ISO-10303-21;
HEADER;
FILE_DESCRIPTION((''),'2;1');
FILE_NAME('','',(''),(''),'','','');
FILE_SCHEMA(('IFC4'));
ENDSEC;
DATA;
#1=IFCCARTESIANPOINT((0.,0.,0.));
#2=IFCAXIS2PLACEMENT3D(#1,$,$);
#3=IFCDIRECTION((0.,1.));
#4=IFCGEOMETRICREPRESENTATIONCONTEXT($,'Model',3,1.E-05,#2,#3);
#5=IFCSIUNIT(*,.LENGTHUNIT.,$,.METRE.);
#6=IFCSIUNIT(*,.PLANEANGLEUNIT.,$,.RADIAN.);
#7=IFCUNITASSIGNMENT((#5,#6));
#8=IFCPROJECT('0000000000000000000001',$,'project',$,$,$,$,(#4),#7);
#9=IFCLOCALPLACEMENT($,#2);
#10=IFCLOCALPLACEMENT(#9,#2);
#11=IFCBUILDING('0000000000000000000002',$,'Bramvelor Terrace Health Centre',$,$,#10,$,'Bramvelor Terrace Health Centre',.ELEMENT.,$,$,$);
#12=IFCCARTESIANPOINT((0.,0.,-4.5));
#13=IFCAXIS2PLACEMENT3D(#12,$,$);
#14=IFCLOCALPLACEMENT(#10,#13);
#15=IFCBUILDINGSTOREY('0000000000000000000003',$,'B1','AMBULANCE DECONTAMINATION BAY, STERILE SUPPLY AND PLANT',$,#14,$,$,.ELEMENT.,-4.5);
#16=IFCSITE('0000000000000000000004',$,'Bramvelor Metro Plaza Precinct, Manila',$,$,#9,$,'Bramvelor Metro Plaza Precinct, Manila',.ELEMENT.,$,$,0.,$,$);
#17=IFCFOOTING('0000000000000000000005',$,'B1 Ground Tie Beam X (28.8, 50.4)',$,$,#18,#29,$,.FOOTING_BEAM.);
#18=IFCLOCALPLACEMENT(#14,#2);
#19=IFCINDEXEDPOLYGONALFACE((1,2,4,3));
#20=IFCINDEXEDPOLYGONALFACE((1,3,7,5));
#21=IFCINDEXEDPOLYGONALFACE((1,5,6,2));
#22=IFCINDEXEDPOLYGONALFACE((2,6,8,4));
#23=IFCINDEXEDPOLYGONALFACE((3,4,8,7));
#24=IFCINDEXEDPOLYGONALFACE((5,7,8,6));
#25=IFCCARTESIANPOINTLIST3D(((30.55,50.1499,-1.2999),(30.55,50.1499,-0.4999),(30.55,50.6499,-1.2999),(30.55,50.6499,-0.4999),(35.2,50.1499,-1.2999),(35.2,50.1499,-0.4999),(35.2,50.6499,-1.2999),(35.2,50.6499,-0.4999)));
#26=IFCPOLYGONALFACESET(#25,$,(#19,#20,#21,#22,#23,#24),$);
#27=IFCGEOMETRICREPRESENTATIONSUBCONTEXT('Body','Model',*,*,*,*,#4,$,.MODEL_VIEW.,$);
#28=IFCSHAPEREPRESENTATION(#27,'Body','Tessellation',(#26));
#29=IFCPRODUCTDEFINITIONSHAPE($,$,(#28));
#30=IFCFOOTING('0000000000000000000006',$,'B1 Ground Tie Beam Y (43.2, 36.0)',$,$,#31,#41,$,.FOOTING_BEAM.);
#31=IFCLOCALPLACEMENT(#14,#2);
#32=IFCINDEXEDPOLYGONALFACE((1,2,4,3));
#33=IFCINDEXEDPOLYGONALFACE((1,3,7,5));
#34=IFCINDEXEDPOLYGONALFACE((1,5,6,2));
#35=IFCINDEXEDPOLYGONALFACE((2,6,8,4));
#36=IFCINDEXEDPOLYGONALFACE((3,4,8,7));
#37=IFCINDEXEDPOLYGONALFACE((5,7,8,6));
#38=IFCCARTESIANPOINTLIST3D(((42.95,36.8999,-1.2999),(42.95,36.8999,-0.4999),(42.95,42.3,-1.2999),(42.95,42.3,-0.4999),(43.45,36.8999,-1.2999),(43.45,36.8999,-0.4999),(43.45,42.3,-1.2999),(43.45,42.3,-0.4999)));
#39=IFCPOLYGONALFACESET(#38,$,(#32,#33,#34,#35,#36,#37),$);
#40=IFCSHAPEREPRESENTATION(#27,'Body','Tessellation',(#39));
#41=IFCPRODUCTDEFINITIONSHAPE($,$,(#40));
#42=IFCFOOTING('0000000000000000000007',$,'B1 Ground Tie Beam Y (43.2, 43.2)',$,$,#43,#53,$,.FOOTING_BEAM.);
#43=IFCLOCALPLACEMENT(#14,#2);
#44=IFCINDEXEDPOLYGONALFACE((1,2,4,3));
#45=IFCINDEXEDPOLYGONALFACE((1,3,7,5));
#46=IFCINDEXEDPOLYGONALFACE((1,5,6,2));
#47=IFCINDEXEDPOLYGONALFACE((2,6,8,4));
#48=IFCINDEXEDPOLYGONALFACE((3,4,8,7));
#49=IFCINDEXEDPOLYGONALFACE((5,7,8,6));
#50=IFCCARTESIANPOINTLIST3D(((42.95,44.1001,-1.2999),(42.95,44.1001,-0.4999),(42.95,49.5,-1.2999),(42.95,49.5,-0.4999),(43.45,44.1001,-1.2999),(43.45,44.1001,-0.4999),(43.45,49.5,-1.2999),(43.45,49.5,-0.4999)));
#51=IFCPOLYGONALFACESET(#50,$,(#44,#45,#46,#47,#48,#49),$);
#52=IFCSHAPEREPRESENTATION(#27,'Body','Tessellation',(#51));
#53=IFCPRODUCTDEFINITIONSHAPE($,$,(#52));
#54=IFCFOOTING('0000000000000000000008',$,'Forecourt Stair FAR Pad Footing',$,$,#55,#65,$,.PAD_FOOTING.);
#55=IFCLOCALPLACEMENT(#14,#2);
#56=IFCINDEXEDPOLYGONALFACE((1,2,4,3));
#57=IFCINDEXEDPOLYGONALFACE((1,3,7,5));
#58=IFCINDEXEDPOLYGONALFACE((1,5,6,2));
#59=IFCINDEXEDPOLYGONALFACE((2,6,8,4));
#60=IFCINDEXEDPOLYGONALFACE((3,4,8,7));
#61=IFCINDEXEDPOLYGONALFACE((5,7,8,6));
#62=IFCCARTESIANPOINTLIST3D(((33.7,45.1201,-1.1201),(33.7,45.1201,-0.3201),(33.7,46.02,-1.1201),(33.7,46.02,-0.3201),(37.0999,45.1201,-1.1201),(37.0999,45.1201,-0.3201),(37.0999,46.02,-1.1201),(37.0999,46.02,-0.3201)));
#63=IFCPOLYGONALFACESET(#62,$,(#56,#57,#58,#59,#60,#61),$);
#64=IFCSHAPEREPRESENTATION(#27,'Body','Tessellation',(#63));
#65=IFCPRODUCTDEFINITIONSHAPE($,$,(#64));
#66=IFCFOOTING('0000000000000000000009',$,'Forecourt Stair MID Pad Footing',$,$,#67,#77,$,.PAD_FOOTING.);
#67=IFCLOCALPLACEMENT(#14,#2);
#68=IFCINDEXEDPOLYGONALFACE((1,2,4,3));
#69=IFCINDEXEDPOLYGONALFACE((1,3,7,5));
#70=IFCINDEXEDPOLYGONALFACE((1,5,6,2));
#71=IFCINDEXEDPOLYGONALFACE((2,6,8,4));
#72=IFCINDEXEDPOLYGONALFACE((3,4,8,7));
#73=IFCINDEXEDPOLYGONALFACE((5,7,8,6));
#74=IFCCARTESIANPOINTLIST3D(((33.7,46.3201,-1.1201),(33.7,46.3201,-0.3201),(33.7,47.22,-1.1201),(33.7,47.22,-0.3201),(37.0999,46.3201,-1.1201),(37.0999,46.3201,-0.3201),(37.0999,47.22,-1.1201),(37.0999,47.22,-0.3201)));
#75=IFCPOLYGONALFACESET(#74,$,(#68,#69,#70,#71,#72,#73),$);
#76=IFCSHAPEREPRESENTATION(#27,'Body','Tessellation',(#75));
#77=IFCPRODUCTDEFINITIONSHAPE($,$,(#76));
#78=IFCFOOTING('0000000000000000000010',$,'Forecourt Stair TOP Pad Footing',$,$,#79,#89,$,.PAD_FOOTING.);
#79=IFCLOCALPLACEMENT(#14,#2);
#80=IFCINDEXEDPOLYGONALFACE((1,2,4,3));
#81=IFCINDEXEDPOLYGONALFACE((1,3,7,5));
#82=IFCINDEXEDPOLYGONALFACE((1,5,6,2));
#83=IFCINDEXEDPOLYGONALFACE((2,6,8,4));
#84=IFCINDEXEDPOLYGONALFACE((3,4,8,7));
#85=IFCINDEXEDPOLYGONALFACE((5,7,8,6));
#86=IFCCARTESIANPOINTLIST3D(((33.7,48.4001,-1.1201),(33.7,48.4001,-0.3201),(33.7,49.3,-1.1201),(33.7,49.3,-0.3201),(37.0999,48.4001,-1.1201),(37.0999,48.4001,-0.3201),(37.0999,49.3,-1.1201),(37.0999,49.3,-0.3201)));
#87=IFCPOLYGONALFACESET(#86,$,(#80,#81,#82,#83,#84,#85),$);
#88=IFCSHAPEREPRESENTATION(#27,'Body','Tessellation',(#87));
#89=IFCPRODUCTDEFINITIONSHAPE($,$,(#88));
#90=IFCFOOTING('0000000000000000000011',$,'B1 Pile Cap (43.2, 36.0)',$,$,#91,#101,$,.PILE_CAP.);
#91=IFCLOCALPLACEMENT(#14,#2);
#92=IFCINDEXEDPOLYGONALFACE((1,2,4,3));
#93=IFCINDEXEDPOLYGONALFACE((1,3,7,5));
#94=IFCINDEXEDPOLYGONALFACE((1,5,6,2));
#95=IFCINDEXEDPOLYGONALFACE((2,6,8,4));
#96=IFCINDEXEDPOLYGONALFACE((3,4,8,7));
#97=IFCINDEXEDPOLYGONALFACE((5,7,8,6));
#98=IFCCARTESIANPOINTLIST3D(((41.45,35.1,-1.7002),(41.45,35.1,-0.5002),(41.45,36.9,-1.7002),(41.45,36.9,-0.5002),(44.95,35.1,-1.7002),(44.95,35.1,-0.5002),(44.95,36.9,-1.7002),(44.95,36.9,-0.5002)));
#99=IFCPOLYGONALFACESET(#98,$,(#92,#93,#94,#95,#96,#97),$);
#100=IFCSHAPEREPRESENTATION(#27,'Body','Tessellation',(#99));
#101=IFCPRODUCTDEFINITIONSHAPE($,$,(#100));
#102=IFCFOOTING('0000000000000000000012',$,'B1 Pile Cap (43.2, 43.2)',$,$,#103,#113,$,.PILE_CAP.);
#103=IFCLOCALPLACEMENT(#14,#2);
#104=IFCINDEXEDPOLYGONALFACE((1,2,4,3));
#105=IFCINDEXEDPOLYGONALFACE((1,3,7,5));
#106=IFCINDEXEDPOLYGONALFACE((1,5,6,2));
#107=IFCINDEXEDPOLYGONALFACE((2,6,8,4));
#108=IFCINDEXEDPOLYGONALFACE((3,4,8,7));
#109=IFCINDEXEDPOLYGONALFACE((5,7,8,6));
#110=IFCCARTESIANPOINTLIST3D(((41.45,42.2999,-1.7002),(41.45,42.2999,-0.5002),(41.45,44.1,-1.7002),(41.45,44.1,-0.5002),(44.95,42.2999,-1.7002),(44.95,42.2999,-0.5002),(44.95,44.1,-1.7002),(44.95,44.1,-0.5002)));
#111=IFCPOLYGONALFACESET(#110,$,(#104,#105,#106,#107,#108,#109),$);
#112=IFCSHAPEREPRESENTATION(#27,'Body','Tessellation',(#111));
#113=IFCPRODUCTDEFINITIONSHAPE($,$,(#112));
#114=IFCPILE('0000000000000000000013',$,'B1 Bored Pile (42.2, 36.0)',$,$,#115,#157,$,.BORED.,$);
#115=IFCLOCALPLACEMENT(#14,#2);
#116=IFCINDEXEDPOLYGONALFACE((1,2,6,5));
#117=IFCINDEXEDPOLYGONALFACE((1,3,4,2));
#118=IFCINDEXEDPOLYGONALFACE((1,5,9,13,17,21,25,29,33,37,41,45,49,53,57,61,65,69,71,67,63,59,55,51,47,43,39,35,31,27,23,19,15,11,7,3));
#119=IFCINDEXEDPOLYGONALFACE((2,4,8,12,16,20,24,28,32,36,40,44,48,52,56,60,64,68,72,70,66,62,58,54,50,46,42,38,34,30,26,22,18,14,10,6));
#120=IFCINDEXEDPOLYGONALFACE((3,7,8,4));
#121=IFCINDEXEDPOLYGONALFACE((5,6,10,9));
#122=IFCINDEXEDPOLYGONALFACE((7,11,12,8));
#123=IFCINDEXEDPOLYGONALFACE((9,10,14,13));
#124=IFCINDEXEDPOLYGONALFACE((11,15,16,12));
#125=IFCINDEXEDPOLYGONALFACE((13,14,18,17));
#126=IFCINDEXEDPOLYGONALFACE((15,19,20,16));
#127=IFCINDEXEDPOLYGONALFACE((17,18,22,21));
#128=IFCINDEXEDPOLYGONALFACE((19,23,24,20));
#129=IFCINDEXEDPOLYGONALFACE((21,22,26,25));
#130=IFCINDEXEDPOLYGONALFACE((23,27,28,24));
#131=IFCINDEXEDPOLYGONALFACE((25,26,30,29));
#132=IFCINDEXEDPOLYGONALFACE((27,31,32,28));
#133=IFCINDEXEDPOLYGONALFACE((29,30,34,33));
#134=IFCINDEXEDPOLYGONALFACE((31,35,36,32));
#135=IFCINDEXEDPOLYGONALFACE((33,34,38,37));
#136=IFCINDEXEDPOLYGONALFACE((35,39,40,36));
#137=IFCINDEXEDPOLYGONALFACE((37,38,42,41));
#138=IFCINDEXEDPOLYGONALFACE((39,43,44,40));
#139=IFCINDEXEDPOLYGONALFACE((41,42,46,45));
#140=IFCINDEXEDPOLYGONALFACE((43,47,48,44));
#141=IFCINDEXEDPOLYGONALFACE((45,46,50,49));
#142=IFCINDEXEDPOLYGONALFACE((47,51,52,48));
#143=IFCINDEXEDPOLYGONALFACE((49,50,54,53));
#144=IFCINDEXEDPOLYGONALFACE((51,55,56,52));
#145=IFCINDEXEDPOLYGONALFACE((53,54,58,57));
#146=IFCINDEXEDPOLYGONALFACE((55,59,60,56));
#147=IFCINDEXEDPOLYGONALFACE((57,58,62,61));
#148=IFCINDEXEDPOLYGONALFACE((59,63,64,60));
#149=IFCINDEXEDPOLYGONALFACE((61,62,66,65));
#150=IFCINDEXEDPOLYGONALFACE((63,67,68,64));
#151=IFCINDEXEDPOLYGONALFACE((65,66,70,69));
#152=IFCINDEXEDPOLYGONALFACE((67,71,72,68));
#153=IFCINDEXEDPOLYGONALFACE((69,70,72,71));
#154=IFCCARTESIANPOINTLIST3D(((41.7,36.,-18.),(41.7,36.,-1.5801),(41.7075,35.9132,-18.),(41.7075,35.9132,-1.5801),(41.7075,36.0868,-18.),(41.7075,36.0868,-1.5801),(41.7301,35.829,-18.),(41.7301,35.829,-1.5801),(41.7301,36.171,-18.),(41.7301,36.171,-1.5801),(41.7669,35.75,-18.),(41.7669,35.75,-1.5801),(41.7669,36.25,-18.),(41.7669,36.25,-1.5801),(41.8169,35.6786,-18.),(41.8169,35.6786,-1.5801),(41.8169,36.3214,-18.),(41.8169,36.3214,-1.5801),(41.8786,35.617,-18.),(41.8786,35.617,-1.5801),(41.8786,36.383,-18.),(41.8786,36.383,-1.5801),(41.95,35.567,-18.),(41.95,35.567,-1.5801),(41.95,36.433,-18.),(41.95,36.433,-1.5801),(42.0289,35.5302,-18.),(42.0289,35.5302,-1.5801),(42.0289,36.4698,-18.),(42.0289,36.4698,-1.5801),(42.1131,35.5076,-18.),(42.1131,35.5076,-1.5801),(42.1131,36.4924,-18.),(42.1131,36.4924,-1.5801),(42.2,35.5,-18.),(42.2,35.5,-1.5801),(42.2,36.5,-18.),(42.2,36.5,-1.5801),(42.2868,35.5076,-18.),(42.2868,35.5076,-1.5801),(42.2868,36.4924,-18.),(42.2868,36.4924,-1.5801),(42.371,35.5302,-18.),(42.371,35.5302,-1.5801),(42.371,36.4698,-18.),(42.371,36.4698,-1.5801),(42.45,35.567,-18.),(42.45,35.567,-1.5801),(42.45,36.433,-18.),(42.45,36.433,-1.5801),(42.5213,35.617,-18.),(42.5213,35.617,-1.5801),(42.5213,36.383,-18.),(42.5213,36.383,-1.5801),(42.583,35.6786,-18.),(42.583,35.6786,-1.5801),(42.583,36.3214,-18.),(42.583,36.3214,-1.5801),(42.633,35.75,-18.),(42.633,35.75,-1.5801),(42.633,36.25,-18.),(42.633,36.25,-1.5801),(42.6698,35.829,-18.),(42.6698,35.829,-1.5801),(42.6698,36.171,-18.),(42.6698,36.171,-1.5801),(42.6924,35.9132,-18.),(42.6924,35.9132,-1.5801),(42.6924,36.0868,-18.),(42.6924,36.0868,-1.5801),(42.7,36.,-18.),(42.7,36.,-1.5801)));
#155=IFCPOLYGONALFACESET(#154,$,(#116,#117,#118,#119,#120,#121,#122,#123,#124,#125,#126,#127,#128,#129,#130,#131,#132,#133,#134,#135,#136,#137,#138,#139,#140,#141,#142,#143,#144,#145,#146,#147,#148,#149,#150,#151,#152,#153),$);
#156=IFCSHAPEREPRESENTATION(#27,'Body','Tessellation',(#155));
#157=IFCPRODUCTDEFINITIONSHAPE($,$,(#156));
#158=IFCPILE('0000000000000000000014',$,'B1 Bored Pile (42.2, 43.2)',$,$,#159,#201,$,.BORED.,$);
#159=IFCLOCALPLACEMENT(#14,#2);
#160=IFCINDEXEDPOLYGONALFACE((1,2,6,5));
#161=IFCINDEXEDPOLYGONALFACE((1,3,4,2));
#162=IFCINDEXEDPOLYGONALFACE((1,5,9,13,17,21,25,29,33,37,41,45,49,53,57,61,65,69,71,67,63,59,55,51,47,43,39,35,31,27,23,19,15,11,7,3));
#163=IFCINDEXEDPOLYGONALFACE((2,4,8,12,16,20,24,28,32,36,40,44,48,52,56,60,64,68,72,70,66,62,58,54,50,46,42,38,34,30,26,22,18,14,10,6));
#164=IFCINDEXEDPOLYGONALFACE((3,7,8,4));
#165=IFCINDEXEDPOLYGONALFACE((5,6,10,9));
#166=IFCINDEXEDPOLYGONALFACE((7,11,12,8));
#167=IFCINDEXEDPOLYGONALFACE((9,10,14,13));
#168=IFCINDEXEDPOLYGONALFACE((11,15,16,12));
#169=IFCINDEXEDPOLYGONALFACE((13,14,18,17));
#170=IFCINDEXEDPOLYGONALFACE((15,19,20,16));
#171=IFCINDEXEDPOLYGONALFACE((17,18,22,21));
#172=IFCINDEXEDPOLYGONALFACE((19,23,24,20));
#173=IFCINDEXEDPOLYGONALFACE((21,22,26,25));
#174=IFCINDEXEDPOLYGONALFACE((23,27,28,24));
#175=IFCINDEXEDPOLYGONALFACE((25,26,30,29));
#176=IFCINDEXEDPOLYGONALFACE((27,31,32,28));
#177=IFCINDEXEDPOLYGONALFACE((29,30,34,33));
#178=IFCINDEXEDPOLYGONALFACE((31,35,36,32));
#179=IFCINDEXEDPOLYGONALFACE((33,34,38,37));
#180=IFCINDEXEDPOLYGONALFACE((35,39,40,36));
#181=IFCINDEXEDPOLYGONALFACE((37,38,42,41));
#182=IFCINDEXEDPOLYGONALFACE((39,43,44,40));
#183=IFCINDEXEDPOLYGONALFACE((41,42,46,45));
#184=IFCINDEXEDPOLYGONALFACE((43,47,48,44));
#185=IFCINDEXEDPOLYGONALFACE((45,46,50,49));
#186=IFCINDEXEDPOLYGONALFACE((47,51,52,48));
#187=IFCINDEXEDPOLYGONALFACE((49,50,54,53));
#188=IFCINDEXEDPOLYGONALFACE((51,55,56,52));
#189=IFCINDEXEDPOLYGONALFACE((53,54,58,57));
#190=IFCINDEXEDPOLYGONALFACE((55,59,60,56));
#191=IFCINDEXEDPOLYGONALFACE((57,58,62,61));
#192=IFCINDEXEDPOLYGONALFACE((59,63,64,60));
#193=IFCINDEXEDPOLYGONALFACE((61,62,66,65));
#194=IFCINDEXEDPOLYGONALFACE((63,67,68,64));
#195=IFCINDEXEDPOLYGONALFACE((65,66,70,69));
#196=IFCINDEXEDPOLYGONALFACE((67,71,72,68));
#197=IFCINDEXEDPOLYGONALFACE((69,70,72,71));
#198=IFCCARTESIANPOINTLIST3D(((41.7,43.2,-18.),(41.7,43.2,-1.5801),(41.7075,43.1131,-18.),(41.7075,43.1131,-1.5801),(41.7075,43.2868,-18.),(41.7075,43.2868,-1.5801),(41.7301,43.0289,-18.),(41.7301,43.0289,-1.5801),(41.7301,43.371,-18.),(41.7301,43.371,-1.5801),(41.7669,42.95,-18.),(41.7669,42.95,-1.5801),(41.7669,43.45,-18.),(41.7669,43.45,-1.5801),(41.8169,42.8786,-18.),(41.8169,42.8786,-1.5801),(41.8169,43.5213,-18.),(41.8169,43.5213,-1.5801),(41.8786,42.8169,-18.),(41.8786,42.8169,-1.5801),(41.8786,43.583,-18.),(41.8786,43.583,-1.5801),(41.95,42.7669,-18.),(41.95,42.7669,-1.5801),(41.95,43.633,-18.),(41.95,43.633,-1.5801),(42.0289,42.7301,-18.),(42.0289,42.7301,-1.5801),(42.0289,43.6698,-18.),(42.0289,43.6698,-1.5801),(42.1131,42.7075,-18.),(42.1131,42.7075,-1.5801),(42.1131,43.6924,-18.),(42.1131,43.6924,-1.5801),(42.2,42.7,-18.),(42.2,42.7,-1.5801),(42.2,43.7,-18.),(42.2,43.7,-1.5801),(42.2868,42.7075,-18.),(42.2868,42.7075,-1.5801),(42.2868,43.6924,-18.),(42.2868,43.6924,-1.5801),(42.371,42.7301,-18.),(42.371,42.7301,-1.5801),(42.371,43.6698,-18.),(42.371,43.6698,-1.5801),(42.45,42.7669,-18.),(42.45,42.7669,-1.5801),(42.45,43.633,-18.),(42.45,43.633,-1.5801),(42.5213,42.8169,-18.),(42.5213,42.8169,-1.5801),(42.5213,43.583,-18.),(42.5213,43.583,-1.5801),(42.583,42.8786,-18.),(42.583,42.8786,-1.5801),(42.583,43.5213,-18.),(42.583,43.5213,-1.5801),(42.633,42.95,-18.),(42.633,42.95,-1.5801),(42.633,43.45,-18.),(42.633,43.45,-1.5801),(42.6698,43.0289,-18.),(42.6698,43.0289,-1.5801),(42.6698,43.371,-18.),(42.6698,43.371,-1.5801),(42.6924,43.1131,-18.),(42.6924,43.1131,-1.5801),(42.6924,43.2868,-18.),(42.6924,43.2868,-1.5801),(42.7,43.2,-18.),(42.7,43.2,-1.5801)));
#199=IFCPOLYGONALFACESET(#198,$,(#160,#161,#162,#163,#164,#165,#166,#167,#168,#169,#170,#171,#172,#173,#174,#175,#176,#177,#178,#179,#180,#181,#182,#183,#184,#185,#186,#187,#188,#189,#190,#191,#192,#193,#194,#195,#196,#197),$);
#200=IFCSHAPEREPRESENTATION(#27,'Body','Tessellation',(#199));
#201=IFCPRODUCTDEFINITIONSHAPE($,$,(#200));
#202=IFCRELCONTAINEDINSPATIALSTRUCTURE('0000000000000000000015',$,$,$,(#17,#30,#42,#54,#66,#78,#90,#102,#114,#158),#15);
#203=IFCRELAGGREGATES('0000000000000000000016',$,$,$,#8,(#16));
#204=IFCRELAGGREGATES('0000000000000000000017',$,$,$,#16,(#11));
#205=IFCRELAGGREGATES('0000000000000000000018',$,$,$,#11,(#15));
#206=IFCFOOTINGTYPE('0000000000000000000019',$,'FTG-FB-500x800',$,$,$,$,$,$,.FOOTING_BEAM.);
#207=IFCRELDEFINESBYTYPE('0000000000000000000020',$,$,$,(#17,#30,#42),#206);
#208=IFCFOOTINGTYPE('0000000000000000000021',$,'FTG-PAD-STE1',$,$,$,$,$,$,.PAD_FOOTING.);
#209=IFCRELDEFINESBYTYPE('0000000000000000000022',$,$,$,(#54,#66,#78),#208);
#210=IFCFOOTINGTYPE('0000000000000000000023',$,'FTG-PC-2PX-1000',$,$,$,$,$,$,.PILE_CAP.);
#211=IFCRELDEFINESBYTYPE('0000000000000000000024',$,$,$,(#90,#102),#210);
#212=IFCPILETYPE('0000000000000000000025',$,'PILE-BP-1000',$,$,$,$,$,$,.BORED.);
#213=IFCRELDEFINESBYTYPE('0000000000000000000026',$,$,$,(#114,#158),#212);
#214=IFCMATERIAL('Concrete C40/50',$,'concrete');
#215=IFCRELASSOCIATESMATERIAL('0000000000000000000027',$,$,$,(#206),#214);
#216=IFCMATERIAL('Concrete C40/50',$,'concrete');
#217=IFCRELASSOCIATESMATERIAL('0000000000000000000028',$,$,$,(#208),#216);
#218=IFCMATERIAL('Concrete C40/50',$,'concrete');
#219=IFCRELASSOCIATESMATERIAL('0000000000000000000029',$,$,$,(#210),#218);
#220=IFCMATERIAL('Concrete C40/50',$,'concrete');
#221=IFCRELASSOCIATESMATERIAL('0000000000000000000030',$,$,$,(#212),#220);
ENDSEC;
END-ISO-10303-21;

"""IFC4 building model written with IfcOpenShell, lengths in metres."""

from ifc_helpers import new_model, si_unit, direction, frame, origin, origin_2d, place, context, subcontext, project, spatial, rectangle, circle, extrude, material, material_profile, profile_set, type_object, element, save


model = new_model("IFC4")

# Units and contexts
model_context = context("Model", 3, precision=1e-05, world=origin(), true_north=direction((0.0, 1.0)))
body_context = subcontext(model_context, "Body", "Model", "MODEL_VIEW")
ifc_project = project(units=[si_unit("LENGTHUNIT", "METRE"), si_unit("PLANEANGLEUNIT", "RADIAN")], contexts=[model_context])

# Site, building, storey
site_placement = place(None, origin())
site = spatial("IfcSite", under=ifc_project, at=site_placement, Name="Bramvelor Metro Plaza Precinct, Manila", LongName="Bramvelor Metro Plaza Precinct, Manila", CompositionType="ELEMENT", RefElevation=0.0)
building_placement = place(site_placement, origin())
building = spatial("IfcBuilding", under=site, at=building_placement, Name="Bramvelor Terrace Health Centre", LongName="Bramvelor Terrace Health Centre", CompositionType="ELEMENT")
storey_placement = place(building_placement, frame((0.0, 0.0, -4.5)))
storey = spatial("IfcBuildingStorey", under=building, at=storey_placement, Name="B1", Description="AMBULANCE DECONTAMINATION BAY, STERILE SUPPLY AND PLANT", CompositionType="ELEMENT", Elevation=-4.5)

# Footings
ifc_material_1 = material(Name="Concrete C40/50", Category="concrete")
ifc_material_profile_1 = material_profile(ifc_material_1, rectangle(XDim=0.5, YDim=0.8, at=origin_2d()), Name="RC 500x800")
ifc_profile_set_1 = profile_set([ifc_material_profile_1], Name="Concrete C40/50")
footing_type_1 = type_object("IfcFootingType", Name="FTG-FB-500x800", PredefinedType="FOOTING_BEAM", material=ifc_profile_set_1)
footing_1_placement = place(storey_placement, frame((30.55, 50.3999, -0.8999), z_axis=(1.0, 0.0, 0.0), x_axis=(0.0, 1.0, 0.0)))
element("IfcFooting", 1, at=footing_1_placement, inside=storey, type_object=footing_type_1, Name="B1 Ground Tie Beam X (28.8, 50.4)", PredefinedType="FOOTING_BEAM", context=body_context, shape_type="SweptSolid", body=[
    extrude(rectangle(XDim=0.5, YDim=0.8, at=origin_2d()), origin(), (0.0, 0.0, 1.0), 4.6499),
])
footing_2_placement = place(storey_placement, frame((43.2, 36.8999, -0.8999), z_axis=(0.0, 1.0, 0.0), x_axis=(-1.0, 0.0, 0.0)))
element("IfcFooting", 2, at=footing_2_placement, inside=storey, type_object=footing_type_1, Name="B1 Ground Tie Beam Y (43.2, 36.0)", PredefinedType="FOOTING_BEAM", context=body_context, shape_type="SweptSolid", body=[
    extrude(rectangle(XDim=0.5, YDim=0.8, at=origin_2d()), origin(), (0.0, 0.0, 1.0), 5.4001),
])
footing_3_placement = place(storey_placement, frame((43.2, 44.1001, -0.8999), z_axis=(0.0, 1.0, 0.0), x_axis=(-1.0, 0.0, 0.0)))
element("IfcFooting", 3, at=footing_3_placement, inside=storey, type_object=footing_type_1, Name="B1 Ground Tie Beam Y (43.2, 43.2)", PredefinedType="FOOTING_BEAM", context=body_context, shape_type="SweptSolid", body=[
    extrude(rectangle(XDim=0.5, YDim=0.8, at=origin_2d()), origin(), (0.0, 0.0, 1.0), 5.3999),
])
ifc_material_2 = material(Name="Concrete C40/50", Category="concrete")
footing_type_2 = type_object("IfcFootingType", Name="FTG-PAD-STE1", PredefinedType="PAD_FOOTING", material=ifc_material_2)
for number, where, z_axis, x_axis, name in (
    (4, (35.3999, 45.5701, -1.1201), (0.0, 0.0, 1.0), (1.0, 0.0, 0.0), "Forecourt Stair FAR Pad Footing"),
    (5, (35.3999, 46.77, -1.1201), (0.0, 0.0, 1.0), (1.0, 0.0, 0.0), "Forecourt Stair MID Pad Footing"),
    (6, (35.3999, 48.8501, -1.1201), (0.0, 0.0, 1.0), (1.0, 0.0, 0.0), "Forecourt Stair TOP Pad Footing"),
):
    element("IfcFooting", number, at=place(storey_placement, frame(where, z_axis=z_axis, x_axis=x_axis)), inside=storey, type_object=footing_type_2, Name=name, PredefinedType="PAD_FOOTING", context=body_context, shape_type="SweptSolid", body=[
        extrude(rectangle(XDim=3.3999, YDim=0.8999, at=origin_2d()), origin(), (0.0, 0.0, 1.0), 0.8),
    ])
ifc_material_3 = material(Name="Concrete C40/50", Category="concrete")
footing_type_3 = type_object("IfcFootingType", Name="FTG-PC-2PX-1000", PredefinedType="PILE_CAP", material=ifc_material_3)
for number, where, z_axis, x_axis, name in (
    (7, (43.2, 36.0, -1.7002), (0.0, 0.0, 1.0), (1.0, 0.0, 0.0), "B1 Pile Cap (43.2, 36.0)"),
    (8, (43.2, 43.2, -1.7002), (0.0, 0.0, 1.0), (1.0, 0.0, 0.0), "B1 Pile Cap (43.2, 43.2)"),
):
    element("IfcFooting", number, at=place(storey_placement, frame(where, z_axis=z_axis, x_axis=x_axis)), inside=storey, type_object=footing_type_3, Name=name, PredefinedType="PILE_CAP", context=body_context, shape_type="SweptSolid", body=[
        extrude(rectangle(XDim=3.5, YDim=1.8, at=origin_2d()), origin(), (0.0, 0.0, 1.0), 1.2),
    ])

# Piles
ifc_material_4 = material(Name="Concrete C40/50", Category="concrete")
ifc_material_profile_2 = material_profile(ifc_material_4, circle(Radius=0.5, at=origin_2d()), Name="BP D1000")
ifc_profile_set_2 = profile_set([ifc_material_profile_2], Name="Concrete C40/50")
pile_type = type_object("IfcPileType", Name="PILE-BP-1000", PredefinedType="BORED", material=ifc_profile_set_2)
for number, where, z_axis, x_axis, name in (
    (9, (42.2, 36.0, -1.5801), (0.0, 0.0, -1.0), (1.0, 0.0, 0.0), "B1 Bored Pile (42.2, 36.0)"),
    (10, (42.2, 43.2, -1.5801), (0.0, 0.0, -1.0), (1.0, 0.0, 0.0), "B1 Bored Pile (42.2, 43.2)"),
):
    element("IfcPile", number, at=place(storey_placement, frame(where, z_axis=z_axis, x_axis=x_axis)), inside=storey, type_object=pile_type, Name=name, PredefinedType="BORED", context=body_context, shape_type="SweptSolid", body=[
        extrude(circle(Radius=0.5, at=origin_2d()), origin(), (0.0, 0.0, 1.0), 16.4199),
    ])

save(model, "model.ifc")
